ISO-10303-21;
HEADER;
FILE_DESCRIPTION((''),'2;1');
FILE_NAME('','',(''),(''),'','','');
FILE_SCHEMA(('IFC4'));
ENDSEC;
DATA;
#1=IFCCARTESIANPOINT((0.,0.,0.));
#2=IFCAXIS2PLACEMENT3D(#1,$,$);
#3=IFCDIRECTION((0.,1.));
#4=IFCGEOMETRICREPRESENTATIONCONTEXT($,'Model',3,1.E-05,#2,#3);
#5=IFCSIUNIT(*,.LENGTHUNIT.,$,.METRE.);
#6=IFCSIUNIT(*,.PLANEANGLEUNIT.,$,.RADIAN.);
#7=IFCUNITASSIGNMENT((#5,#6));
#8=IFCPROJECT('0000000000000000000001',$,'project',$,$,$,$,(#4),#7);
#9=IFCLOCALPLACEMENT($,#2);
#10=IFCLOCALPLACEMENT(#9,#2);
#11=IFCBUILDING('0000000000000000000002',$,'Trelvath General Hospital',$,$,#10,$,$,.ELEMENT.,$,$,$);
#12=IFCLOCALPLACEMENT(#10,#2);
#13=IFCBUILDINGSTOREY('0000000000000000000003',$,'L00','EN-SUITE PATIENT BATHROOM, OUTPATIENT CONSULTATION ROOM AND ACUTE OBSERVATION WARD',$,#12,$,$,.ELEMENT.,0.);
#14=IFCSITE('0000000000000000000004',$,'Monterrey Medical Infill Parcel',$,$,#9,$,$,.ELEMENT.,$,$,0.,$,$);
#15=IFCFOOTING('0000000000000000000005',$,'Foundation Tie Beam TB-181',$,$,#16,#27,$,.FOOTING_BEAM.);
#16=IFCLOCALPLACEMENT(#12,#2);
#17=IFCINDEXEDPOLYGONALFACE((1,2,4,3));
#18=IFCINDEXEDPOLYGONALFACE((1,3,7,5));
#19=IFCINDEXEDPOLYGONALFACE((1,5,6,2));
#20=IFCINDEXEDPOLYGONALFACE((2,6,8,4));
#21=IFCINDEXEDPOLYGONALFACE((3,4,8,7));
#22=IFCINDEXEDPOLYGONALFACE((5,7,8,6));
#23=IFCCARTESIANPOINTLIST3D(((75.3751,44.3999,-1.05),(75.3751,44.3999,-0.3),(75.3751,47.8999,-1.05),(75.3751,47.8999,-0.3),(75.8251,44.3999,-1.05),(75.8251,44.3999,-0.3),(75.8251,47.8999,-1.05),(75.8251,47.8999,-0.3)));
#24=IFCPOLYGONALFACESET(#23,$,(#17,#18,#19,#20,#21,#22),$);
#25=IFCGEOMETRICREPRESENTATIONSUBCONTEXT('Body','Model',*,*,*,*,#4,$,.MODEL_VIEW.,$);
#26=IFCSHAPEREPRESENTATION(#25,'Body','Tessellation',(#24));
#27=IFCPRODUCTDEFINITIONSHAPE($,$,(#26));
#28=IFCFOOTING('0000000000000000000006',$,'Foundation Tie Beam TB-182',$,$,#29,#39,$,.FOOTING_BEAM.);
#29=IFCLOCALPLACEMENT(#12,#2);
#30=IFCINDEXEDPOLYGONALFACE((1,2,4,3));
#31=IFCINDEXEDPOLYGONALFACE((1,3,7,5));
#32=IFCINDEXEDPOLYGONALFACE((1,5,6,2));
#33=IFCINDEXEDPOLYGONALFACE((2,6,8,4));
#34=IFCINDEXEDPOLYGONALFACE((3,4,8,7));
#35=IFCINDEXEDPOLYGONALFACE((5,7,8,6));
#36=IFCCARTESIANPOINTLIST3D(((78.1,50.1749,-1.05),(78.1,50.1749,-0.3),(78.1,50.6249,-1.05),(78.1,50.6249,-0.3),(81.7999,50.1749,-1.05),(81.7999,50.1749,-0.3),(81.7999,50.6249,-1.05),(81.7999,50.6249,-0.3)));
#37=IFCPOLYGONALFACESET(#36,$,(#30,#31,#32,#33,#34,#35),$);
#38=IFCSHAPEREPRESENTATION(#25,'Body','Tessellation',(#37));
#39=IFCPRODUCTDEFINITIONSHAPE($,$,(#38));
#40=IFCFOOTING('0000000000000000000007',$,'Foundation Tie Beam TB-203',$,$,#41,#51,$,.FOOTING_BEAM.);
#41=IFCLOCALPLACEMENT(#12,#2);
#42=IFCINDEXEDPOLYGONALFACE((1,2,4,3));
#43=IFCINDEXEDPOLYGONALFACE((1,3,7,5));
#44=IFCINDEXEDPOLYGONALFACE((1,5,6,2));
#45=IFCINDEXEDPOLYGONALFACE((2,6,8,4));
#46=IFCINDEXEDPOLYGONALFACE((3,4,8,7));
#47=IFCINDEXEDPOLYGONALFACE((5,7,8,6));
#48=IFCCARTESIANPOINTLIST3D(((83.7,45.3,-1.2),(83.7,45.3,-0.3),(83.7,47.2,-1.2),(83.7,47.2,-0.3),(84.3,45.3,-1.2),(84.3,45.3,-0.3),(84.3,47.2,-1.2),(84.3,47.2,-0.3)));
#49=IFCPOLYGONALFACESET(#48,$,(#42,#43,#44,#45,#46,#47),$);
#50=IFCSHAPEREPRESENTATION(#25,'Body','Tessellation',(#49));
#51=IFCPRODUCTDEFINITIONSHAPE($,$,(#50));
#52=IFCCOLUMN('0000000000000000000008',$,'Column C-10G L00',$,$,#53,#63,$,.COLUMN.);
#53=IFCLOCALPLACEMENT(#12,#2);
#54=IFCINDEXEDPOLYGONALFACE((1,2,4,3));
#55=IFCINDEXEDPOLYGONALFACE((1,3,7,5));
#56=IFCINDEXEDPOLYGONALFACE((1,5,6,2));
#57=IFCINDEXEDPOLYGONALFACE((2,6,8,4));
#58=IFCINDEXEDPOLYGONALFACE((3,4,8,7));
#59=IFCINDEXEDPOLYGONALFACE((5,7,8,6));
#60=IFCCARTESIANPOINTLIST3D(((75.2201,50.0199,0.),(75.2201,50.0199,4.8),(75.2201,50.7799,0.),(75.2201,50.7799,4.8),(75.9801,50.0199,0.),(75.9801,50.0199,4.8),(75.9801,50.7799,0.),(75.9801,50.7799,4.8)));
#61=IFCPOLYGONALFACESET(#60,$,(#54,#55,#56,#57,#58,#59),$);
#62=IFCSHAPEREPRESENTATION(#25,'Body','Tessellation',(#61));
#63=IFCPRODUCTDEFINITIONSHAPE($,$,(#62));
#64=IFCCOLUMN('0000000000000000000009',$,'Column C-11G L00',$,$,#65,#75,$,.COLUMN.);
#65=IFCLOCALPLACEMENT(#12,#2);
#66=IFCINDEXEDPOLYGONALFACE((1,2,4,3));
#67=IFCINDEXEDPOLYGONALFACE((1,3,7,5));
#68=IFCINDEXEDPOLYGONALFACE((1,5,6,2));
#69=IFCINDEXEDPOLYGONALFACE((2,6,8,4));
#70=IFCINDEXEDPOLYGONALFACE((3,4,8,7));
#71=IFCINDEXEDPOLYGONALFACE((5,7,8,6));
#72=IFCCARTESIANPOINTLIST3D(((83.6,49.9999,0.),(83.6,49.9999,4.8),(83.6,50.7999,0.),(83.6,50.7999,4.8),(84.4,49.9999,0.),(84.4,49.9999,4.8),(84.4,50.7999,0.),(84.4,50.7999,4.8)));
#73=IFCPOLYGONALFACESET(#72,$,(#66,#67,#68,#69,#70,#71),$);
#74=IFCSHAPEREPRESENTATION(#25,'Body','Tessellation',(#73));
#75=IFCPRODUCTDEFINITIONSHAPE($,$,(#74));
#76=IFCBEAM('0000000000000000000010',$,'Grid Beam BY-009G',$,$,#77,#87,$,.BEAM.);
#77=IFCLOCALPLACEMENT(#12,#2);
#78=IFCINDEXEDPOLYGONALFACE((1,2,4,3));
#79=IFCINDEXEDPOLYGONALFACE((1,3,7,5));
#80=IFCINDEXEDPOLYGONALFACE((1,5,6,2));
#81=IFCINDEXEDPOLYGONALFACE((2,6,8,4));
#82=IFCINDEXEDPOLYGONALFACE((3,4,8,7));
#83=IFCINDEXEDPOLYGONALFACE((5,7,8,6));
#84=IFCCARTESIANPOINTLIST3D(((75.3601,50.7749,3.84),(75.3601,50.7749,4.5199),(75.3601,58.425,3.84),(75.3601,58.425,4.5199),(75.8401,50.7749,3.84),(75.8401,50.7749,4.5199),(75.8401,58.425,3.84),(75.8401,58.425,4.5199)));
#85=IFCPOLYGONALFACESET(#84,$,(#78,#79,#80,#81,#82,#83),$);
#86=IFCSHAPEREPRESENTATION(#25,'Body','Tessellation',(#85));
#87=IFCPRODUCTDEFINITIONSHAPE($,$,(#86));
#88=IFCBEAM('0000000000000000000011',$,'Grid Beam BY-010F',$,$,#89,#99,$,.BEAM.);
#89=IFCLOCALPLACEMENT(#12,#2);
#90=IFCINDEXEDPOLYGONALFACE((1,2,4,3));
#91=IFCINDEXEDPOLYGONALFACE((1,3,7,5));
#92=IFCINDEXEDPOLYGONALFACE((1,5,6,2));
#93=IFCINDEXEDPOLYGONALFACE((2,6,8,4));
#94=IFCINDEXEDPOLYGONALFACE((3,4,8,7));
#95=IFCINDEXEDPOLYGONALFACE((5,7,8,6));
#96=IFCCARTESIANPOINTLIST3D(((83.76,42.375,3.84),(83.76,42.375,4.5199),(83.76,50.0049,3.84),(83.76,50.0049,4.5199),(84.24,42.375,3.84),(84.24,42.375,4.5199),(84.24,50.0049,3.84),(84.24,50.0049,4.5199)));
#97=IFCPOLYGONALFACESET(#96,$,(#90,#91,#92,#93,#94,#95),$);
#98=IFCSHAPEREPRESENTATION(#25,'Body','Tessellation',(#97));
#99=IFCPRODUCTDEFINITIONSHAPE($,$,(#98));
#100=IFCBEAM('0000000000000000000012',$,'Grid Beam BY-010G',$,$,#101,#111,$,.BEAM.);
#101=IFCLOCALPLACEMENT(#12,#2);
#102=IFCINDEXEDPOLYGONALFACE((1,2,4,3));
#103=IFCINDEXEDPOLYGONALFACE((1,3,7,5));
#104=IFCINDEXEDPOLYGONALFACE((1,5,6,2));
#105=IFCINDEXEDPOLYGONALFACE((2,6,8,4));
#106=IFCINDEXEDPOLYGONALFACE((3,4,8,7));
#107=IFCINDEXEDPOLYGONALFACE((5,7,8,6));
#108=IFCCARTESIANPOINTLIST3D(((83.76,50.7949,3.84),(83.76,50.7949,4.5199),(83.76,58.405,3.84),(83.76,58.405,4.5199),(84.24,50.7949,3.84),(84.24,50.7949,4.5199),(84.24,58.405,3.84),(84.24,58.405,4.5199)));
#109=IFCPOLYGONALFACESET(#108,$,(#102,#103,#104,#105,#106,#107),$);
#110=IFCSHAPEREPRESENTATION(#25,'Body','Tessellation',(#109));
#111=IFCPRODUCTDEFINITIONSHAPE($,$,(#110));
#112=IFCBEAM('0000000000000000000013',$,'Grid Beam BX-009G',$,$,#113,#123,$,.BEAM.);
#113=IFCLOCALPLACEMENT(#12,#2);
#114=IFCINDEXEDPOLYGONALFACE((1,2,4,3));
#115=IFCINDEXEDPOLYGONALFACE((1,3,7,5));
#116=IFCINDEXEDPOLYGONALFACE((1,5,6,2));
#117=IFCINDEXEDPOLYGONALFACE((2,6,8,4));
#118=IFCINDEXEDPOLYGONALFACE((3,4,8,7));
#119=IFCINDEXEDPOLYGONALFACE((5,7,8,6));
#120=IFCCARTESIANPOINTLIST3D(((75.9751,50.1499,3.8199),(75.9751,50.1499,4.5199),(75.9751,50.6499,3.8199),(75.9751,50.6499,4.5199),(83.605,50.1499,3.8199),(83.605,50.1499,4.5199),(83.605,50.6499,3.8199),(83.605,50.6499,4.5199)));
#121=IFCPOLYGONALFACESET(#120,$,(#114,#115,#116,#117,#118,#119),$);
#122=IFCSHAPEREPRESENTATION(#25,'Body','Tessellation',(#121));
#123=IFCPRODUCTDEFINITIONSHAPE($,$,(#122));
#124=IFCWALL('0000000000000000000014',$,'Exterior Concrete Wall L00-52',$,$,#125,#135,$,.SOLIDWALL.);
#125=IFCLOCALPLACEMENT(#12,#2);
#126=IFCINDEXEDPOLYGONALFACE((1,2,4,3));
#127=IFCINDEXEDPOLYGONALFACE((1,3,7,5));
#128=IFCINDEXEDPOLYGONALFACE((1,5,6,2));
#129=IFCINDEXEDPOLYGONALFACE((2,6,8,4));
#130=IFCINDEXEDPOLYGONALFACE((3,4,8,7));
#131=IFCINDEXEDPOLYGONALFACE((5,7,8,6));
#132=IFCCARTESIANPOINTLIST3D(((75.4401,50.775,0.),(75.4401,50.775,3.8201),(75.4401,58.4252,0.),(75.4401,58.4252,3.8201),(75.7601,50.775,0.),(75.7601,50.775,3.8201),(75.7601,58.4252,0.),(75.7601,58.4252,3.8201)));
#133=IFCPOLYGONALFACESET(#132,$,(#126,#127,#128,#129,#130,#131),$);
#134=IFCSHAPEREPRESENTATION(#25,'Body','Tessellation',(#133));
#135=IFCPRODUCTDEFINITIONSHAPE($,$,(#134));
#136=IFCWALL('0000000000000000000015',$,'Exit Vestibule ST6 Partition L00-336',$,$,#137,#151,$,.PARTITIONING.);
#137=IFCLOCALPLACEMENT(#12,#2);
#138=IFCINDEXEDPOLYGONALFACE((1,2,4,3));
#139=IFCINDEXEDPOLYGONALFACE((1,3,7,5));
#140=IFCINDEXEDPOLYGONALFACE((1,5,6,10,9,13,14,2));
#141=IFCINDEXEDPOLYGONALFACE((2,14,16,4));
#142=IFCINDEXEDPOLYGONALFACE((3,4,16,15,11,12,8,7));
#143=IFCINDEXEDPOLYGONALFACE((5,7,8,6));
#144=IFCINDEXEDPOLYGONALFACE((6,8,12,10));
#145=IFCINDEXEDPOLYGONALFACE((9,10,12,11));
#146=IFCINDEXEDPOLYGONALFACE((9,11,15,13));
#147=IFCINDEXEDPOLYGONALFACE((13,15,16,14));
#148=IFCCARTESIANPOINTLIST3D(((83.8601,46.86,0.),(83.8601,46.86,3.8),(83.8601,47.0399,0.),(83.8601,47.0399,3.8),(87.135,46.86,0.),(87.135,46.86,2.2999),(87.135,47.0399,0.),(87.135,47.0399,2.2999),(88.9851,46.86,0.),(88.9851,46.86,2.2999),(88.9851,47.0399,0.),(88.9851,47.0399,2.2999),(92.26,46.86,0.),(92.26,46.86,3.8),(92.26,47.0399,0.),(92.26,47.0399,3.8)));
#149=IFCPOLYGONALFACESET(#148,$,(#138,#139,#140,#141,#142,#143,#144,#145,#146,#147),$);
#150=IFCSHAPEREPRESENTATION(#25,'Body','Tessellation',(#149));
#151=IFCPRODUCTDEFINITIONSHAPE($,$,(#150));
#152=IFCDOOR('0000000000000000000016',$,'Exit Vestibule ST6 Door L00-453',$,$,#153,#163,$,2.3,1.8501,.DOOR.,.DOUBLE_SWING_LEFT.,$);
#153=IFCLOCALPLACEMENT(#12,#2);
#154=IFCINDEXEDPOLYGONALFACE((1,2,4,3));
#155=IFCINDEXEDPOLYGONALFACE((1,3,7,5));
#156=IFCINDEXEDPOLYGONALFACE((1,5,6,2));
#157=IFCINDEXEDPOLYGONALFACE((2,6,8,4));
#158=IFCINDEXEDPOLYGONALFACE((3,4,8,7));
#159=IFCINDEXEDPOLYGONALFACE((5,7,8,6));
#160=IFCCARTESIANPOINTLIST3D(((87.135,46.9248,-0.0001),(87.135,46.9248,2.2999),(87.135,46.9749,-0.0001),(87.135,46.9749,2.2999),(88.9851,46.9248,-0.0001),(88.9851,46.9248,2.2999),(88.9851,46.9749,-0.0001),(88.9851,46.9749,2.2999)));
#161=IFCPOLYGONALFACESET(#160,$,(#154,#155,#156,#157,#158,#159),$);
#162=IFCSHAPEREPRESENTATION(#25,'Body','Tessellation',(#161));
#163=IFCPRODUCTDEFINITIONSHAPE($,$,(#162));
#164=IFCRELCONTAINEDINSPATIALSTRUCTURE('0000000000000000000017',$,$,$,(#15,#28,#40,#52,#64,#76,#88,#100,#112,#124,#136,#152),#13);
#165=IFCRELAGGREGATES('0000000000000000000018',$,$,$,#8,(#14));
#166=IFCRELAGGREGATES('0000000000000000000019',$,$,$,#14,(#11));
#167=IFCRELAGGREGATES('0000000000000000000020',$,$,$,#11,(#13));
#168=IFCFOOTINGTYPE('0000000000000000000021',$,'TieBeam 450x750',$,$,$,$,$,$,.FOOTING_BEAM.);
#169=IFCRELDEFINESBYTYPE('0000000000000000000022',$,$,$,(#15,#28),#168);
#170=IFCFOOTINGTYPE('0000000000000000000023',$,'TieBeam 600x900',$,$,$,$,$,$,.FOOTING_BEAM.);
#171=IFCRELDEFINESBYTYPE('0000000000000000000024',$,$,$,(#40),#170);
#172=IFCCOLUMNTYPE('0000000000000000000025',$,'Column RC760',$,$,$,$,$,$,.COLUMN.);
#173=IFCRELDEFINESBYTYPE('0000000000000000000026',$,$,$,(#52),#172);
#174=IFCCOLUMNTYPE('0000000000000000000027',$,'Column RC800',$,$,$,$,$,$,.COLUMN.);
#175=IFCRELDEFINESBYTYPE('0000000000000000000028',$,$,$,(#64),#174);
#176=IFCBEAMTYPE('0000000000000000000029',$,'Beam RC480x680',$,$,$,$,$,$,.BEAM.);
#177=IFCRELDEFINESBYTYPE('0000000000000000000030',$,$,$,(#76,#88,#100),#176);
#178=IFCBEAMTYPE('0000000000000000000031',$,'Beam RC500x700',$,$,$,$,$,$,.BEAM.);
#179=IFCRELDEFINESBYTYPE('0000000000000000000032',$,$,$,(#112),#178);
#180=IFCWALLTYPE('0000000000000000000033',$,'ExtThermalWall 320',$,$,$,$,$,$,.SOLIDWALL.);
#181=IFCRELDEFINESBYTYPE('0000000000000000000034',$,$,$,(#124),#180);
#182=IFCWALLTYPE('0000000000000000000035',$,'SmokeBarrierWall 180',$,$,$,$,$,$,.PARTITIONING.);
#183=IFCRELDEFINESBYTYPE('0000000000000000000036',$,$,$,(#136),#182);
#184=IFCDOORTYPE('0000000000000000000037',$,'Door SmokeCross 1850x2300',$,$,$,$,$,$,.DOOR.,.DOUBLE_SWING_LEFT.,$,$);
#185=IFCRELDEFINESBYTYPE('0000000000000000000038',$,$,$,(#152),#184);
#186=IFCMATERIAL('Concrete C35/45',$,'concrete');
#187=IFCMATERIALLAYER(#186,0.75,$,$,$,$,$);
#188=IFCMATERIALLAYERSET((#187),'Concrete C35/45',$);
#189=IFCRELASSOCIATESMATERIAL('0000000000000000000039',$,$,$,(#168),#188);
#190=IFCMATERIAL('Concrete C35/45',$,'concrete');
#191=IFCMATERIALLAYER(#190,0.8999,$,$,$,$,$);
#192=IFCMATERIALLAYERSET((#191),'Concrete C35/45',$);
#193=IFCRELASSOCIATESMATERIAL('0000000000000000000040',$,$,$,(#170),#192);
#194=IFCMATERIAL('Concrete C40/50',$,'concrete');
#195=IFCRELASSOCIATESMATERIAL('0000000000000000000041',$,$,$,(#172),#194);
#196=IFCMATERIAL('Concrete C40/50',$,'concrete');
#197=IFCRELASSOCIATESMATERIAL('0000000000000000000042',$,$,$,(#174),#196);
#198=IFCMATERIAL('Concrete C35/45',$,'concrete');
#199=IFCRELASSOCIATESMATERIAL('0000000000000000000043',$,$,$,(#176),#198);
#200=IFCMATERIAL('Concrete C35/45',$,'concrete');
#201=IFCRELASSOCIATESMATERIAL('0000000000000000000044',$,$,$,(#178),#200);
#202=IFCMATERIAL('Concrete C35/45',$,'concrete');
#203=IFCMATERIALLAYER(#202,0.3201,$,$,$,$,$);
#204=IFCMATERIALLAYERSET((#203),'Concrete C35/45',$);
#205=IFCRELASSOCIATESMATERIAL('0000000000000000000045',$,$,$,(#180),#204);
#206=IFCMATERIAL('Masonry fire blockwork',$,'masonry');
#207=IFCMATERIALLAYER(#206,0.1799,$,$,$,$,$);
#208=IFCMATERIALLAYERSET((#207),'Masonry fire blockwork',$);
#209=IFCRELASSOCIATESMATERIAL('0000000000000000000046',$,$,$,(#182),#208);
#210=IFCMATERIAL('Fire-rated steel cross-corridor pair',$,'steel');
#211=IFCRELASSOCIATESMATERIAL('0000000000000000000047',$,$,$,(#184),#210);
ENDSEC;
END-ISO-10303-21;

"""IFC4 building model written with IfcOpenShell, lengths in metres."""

from ifc_helpers import new_model, si_unit, direction, frame, frame_2d, origin, origin_2d, place, context, subcontext, project, spatial, rectangle, extrude, material, layer, layer_set, material_profile, profile_set, type_object, element, fill, save


model = new_model("IFC4")

# Units and contexts
model_context = context("Model", 3, precision=1e-05, world=origin(), true_north=direction((0.0, 1.0)))
body_context = subcontext(model_context, "Body", "Model", "MODEL_VIEW")
ifc_project = project(units=[si_unit("LENGTHUNIT", "METRE"), si_unit("PLANEANGLEUNIT", "RADIAN")], contexts=[model_context])

# Site, building, storey
site_placement = place(None, origin())
site = spatial("IfcSite", under=ifc_project, at=site_placement, Name="Monterrey Medical Infill Parcel", CompositionType="ELEMENT", RefElevation=0.0)
building_placement = place(site_placement, origin())
building = spatial("IfcBuilding", under=site, at=building_placement, Name="Trelvath General Hospital", CompositionType="ELEMENT")
storey_placement = place(building_placement, origin())
storey = spatial("IfcBuildingStorey", under=building, at=storey_placement, Name="L00", Description="EN-SUITE PATIENT BATHROOM, OUTPATIENT CONSULTATION ROOM AND ACUTE OBSERVATION WARD", CompositionType="ELEMENT", Elevation=0.0)

# Footings
ifc_material_1 = material(Name="Concrete C35/45", Category="concrete")
ifc_layer_1 = layer(ifc_material_1, 0.75)
ifc_layer_set_1 = layer_set([ifc_layer_1], Name="Concrete C35/45")
footing_type_1 = type_object("IfcFootingType", Name="TieBeam 450x750", PredefinedType="FOOTING_BEAM", material=ifc_layer_set_1)
footing_1_placement = place(storey_placement, frame((75.6001, 46.1499, -1.05), z_axis=(0.0, 0.0, 1.0), x_axis=(1.0, 0.0, 0.0)))
element("IfcFooting", 1, at=footing_1_placement, inside=storey, type_object=footing_type_1, Name="Foundation Tie Beam TB-181", PredefinedType="FOOTING_BEAM", context=body_context, shape_type="SweptSolid", body=[
    extrude(rectangle(XDim=0.45, YDim=3.5, at=origin_2d()), origin(), (0.0, 0.0, 1.0), 0.75),
])
footing_2_placement = place(storey_placement, frame((79.95, 50.3999, -1.05), z_axis=(0.0, 0.0, 1.0), x_axis=(1.0, 0.0, 0.0)))
element("IfcFooting", 2, at=footing_2_placement, inside=storey, type_object=footing_type_1, Name="Foundation Tie Beam TB-182", PredefinedType="FOOTING_BEAM", context=body_context, shape_type="SweptSolid", body=[
    extrude(rectangle(XDim=3.7, YDim=0.45, at=origin_2d()), origin(), (0.0, 0.0, 1.0), 0.75),
])
ifc_material_2 = material(Name="Concrete C35/45", Category="concrete")
ifc_layer_2 = layer(ifc_material_2, 0.8999)
ifc_layer_set_2 = layer_set([ifc_layer_2], Name="Concrete C35/45")
footing_type_2 = type_object("IfcFootingType", Name="TieBeam 600x900", PredefinedType="FOOTING_BEAM", material=ifc_layer_set_2)
footing_3_placement = place(storey_placement, frame((84.0, 46.25, -1.2), z_axis=(0.0, 0.0, 1.0), x_axis=(1.0, 0.0, 0.0)))
element("IfcFooting", 3, at=footing_3_placement, inside=storey, type_object=footing_type_2, Name="Foundation Tie Beam TB-203", PredefinedType="FOOTING_BEAM", context=body_context, shape_type="SweptSolid", body=[
    extrude(rectangle(XDim=0.6001, YDim=1.8999, at=origin_2d()), origin(), (0.0, 0.0, 1.0), 0.8999),
])

# Columns
ifc_material_3 = material(Name="Concrete C40/50", Category="concrete")
ifc_material_profile_1 = material_profile(ifc_material_3, rectangle(XDim=0.76, YDim=0.76, at=origin_2d()), Name="RC760x760")
ifc_profile_set_1 = profile_set([ifc_material_profile_1], Name="Concrete C40/50")
column_type_1 = type_object("IfcColumnType", Name="Column RC760", PredefinedType="COLUMN", material=ifc_profile_set_1)
column_1_placement = place(storey_placement, frame((75.6001, 50.3999, 0.0), z_axis=(0.0, 0.0, 1.0), x_axis=(1.0, 0.0, 0.0)))
element("IfcColumn", 4, at=column_1_placement, inside=storey, type_object=column_type_1, Name="Column C-10G L00", PredefinedType="COLUMN", context=body_context, shape_type="SweptSolid", body=[
    extrude(rectangle(XDim=0.76, YDim=0.76, at=origin_2d()), origin(), (0.0, 0.0, 1.0), 4.8),
])
ifc_material_4 = material(Name="Concrete C40/50", Category="concrete")
ifc_material_profile_2 = material_profile(ifc_material_4, rectangle(XDim=0.8, YDim=0.8, at=origin_2d()), Name="RC800x800")
ifc_profile_set_2 = profile_set([ifc_material_profile_2], Name="Concrete C40/50")
column_type_2 = type_object("IfcColumnType", Name="Column RC800", PredefinedType="COLUMN", material=ifc_profile_set_2)
column_2_placement = place(storey_placement, frame((84.0, 50.3999, 0.0), z_axis=(0.0, 0.0, 1.0), x_axis=(1.0, 0.0, 0.0)))
element("IfcColumn", 5, at=column_2_placement, inside=storey, type_object=column_type_2, Name="Column C-11G L00", PredefinedType="COLUMN", context=body_context, shape_type="SweptSolid", body=[
    extrude(rectangle(XDim=0.8, YDim=0.8, at=origin_2d()), origin(), (0.0, 0.0, 1.0), 4.8),
])

# Beams
ifc_material_5 = material(Name="Concrete C35/45", Category="concrete")
ifc_material_profile_3 = material_profile(ifc_material_5, rectangle(XDim=0.48, YDim=0.6799, at=origin_2d()), Name="RCB480x680")
ifc_profile_set_3 = profile_set([ifc_material_profile_3], Name="Concrete C35/45")
beam_type_1 = type_object("IfcBeamType", Name="Beam RC480x680", PredefinedType="BEAM", material=ifc_profile_set_3)
beam_1_placement = place(storey_placement, frame((75.6001, 50.7749, 4.1799), z_axis=(0.0, 1.0, 0.0), x_axis=(-1.0, 0.0, 0.0)))
element("IfcBeam", 6, at=beam_1_placement, inside=storey, type_object=beam_type_1, Name="Grid Beam BY-009G", PredefinedType="BEAM", context=body_context, shape_type="SweptSolid", body=[
    extrude(rectangle(XDim=0.48, YDim=0.6799, at=origin_2d()), origin(), (0.0, 0.0, 1.0), 7.6501),
])
beam_2_placement = place(storey_placement, frame((84.0, 42.375, 4.1799), z_axis=(0.0, 1.0, 0.0), x_axis=(-1.0, 0.0, 0.0)))
element("IfcBeam", 7, at=beam_2_placement, inside=storey, type_object=beam_type_1, Name="Grid Beam BY-010F", PredefinedType="BEAM", context=body_context, shape_type="SweptSolid", body=[
    extrude(rectangle(XDim=0.48, YDim=0.6799, at=origin_2d()), origin(), (0.0, 0.0, 1.0), 7.6299),
])
beam_3_placement = place(storey_placement, frame((84.0, 50.7949, 4.1799), z_axis=(0.0, 1.0, 0.0), x_axis=(-1.0, 0.0, 0.0)))
element("IfcBeam", 8, at=beam_3_placement, inside=storey, type_object=beam_type_1, Name="Grid Beam BY-010G", PredefinedType="BEAM", context=body_context, shape_type="SweptSolid", body=[
    extrude(rectangle(XDim=0.48, YDim=0.6799, at=origin_2d()), origin(), (0.0, 0.0, 1.0), 7.6101),
])
ifc_material_6 = material(Name="Concrete C35/45", Category="concrete")
ifc_material_profile_4 = material_profile(ifc_material_6, rectangle(XDim=0.5, YDim=0.7, at=origin_2d()), Name="RCB500x700")
ifc_profile_set_4 = profile_set([ifc_material_profile_4], Name="Concrete C35/45")
beam_type_2 = type_object("IfcBeamType", Name="Beam RC500x700", PredefinedType="BEAM", material=ifc_profile_set_4)
beam_4_placement = place(storey_placement, frame((75.9751, 50.3999, 4.1699), z_axis=(1.0, 0.0, 0.0), x_axis=(0.0, 1.0, 0.0)))
element("IfcBeam", 9, at=beam_4_placement, inside=storey, type_object=beam_type_2, Name="Grid Beam BX-009G", PredefinedType="BEAM", context=body_context, shape_type="SweptSolid", body=[
    extrude(rectangle(XDim=0.5, YDim=0.7, at=origin_2d()), origin(), (0.0, 0.0, 1.0), 7.6299),
])

# Wall
ifc_material_7 = material(Name="Concrete C35/45", Category="concrete")
ifc_layer_3 = layer(ifc_material_7, 0.3201)
ifc_layer_set_3 = layer_set([ifc_layer_3], Name="Concrete C35/45")
wall_type_1 = type_object("IfcWallType", Name="ExtThermalWall 320", PredefinedType="SOLIDWALL", material=ifc_layer_set_3)
wall_1_placement = place(storey_placement, frame((75.6001, 50.7749, 0.0), z_axis=(0.0, 0.0, 1.0), x_axis=(0.0, 1.0, 0.0)))
element("IfcWall", 10, at=wall_1_placement, inside=storey, type_object=wall_type_1, Name="Exterior Concrete Wall L00-52", PredefinedType="SOLIDWALL", context=body_context, shape_type="SweptSolid", body=[
    extrude(rectangle(XDim=7.6501, YDim=0.3201, at=frame_2d((3.8252, 0.0))), origin(), (0.0, 0.0, 1.0), 3.8201),
])

# Wall, opening, door
ifc_material_8 = material(Name="Masonry fire blockwork", Category="masonry")
ifc_layer_4 = layer(ifc_material_8, 0.1799)
ifc_layer_set_4 = layer_set([ifc_layer_4], Name="Masonry fire blockwork")
wall_type_2 = type_object("IfcWallType", Name="SmokeBarrierWall 180", PredefinedType="PARTITIONING", material=ifc_layer_set_4)
wall_2_placement = place(storey_placement, frame((83.8601, 46.95, 0.0), z_axis=(0.0, 0.0, 1.0), x_axis=(1.0, 0.0, 0.0)))
wall_2 = element("IfcWall", 11, at=wall_2_placement, inside=storey, type_object=wall_type_2, Name="Exit Vestibule ST6 Partition L00-336", PredefinedType="PARTITIONING", context=body_context, shape_type="SweptSolid", body=[
    extrude(rectangle(XDim=8.3999, YDim=0.1799, at=frame_2d((4.2, 0.0))), origin(), (0.0, 0.0, 1.0), 3.8),
])
opening_placement = place(wall_2_placement, frame((3.2749, 0.0, 0.0)))
opening = element("IfcOpeningElement", 12, at=opening_placement, cuts=wall_2, PredefinedType="OPENING", context=body_context, shape_type="SweptSolid", body=[
    extrude(rectangle(XDim=1.8501, YDim=2.3, at=frame_2d((0.925, 1.1499))), frame((0.0, 0.0999, 0.0), z_axis=(0.0, -1.0, 0.0), x_axis=(1.0, 0.0, 0.0)), (0.0, 0.0, 1.0), 0.2),
])
ifc_material_9 = material(Name="Fire-rated steel cross-corridor pair", Category="steel")
door_type = type_object("IfcDoorType", Name="Door SmokeCross 1850x2300", OperationType="DOUBLE_SWING_LEFT", PredefinedType="DOOR", material=ifc_material_9)
door_placement = place(opening_placement, origin())
door = element("IfcDoor", 13, at=door_placement, inside=storey, type_object=door_type, Name="Exit Vestibule ST6 Door L00-453", OperationType="DOUBLE_SWING_LEFT", OverallHeight=2.3, OverallWidth=1.8501, PredefinedType="DOOR", context=body_context, shape_type="SweptSolid", body=[
    extrude(rectangle(XDim=1.8501, YDim=2.3, at=frame_2d((0.925, 1.1499))), frame((0.0, 0.0249, 0.0), z_axis=(0.0, -1.0, 0.0), x_axis=(1.0, 0.0, 0.0)), (0.0, 0.0, 1.0), 0.05),
])
fill(opening, door)

save(model, "model.ifc")
